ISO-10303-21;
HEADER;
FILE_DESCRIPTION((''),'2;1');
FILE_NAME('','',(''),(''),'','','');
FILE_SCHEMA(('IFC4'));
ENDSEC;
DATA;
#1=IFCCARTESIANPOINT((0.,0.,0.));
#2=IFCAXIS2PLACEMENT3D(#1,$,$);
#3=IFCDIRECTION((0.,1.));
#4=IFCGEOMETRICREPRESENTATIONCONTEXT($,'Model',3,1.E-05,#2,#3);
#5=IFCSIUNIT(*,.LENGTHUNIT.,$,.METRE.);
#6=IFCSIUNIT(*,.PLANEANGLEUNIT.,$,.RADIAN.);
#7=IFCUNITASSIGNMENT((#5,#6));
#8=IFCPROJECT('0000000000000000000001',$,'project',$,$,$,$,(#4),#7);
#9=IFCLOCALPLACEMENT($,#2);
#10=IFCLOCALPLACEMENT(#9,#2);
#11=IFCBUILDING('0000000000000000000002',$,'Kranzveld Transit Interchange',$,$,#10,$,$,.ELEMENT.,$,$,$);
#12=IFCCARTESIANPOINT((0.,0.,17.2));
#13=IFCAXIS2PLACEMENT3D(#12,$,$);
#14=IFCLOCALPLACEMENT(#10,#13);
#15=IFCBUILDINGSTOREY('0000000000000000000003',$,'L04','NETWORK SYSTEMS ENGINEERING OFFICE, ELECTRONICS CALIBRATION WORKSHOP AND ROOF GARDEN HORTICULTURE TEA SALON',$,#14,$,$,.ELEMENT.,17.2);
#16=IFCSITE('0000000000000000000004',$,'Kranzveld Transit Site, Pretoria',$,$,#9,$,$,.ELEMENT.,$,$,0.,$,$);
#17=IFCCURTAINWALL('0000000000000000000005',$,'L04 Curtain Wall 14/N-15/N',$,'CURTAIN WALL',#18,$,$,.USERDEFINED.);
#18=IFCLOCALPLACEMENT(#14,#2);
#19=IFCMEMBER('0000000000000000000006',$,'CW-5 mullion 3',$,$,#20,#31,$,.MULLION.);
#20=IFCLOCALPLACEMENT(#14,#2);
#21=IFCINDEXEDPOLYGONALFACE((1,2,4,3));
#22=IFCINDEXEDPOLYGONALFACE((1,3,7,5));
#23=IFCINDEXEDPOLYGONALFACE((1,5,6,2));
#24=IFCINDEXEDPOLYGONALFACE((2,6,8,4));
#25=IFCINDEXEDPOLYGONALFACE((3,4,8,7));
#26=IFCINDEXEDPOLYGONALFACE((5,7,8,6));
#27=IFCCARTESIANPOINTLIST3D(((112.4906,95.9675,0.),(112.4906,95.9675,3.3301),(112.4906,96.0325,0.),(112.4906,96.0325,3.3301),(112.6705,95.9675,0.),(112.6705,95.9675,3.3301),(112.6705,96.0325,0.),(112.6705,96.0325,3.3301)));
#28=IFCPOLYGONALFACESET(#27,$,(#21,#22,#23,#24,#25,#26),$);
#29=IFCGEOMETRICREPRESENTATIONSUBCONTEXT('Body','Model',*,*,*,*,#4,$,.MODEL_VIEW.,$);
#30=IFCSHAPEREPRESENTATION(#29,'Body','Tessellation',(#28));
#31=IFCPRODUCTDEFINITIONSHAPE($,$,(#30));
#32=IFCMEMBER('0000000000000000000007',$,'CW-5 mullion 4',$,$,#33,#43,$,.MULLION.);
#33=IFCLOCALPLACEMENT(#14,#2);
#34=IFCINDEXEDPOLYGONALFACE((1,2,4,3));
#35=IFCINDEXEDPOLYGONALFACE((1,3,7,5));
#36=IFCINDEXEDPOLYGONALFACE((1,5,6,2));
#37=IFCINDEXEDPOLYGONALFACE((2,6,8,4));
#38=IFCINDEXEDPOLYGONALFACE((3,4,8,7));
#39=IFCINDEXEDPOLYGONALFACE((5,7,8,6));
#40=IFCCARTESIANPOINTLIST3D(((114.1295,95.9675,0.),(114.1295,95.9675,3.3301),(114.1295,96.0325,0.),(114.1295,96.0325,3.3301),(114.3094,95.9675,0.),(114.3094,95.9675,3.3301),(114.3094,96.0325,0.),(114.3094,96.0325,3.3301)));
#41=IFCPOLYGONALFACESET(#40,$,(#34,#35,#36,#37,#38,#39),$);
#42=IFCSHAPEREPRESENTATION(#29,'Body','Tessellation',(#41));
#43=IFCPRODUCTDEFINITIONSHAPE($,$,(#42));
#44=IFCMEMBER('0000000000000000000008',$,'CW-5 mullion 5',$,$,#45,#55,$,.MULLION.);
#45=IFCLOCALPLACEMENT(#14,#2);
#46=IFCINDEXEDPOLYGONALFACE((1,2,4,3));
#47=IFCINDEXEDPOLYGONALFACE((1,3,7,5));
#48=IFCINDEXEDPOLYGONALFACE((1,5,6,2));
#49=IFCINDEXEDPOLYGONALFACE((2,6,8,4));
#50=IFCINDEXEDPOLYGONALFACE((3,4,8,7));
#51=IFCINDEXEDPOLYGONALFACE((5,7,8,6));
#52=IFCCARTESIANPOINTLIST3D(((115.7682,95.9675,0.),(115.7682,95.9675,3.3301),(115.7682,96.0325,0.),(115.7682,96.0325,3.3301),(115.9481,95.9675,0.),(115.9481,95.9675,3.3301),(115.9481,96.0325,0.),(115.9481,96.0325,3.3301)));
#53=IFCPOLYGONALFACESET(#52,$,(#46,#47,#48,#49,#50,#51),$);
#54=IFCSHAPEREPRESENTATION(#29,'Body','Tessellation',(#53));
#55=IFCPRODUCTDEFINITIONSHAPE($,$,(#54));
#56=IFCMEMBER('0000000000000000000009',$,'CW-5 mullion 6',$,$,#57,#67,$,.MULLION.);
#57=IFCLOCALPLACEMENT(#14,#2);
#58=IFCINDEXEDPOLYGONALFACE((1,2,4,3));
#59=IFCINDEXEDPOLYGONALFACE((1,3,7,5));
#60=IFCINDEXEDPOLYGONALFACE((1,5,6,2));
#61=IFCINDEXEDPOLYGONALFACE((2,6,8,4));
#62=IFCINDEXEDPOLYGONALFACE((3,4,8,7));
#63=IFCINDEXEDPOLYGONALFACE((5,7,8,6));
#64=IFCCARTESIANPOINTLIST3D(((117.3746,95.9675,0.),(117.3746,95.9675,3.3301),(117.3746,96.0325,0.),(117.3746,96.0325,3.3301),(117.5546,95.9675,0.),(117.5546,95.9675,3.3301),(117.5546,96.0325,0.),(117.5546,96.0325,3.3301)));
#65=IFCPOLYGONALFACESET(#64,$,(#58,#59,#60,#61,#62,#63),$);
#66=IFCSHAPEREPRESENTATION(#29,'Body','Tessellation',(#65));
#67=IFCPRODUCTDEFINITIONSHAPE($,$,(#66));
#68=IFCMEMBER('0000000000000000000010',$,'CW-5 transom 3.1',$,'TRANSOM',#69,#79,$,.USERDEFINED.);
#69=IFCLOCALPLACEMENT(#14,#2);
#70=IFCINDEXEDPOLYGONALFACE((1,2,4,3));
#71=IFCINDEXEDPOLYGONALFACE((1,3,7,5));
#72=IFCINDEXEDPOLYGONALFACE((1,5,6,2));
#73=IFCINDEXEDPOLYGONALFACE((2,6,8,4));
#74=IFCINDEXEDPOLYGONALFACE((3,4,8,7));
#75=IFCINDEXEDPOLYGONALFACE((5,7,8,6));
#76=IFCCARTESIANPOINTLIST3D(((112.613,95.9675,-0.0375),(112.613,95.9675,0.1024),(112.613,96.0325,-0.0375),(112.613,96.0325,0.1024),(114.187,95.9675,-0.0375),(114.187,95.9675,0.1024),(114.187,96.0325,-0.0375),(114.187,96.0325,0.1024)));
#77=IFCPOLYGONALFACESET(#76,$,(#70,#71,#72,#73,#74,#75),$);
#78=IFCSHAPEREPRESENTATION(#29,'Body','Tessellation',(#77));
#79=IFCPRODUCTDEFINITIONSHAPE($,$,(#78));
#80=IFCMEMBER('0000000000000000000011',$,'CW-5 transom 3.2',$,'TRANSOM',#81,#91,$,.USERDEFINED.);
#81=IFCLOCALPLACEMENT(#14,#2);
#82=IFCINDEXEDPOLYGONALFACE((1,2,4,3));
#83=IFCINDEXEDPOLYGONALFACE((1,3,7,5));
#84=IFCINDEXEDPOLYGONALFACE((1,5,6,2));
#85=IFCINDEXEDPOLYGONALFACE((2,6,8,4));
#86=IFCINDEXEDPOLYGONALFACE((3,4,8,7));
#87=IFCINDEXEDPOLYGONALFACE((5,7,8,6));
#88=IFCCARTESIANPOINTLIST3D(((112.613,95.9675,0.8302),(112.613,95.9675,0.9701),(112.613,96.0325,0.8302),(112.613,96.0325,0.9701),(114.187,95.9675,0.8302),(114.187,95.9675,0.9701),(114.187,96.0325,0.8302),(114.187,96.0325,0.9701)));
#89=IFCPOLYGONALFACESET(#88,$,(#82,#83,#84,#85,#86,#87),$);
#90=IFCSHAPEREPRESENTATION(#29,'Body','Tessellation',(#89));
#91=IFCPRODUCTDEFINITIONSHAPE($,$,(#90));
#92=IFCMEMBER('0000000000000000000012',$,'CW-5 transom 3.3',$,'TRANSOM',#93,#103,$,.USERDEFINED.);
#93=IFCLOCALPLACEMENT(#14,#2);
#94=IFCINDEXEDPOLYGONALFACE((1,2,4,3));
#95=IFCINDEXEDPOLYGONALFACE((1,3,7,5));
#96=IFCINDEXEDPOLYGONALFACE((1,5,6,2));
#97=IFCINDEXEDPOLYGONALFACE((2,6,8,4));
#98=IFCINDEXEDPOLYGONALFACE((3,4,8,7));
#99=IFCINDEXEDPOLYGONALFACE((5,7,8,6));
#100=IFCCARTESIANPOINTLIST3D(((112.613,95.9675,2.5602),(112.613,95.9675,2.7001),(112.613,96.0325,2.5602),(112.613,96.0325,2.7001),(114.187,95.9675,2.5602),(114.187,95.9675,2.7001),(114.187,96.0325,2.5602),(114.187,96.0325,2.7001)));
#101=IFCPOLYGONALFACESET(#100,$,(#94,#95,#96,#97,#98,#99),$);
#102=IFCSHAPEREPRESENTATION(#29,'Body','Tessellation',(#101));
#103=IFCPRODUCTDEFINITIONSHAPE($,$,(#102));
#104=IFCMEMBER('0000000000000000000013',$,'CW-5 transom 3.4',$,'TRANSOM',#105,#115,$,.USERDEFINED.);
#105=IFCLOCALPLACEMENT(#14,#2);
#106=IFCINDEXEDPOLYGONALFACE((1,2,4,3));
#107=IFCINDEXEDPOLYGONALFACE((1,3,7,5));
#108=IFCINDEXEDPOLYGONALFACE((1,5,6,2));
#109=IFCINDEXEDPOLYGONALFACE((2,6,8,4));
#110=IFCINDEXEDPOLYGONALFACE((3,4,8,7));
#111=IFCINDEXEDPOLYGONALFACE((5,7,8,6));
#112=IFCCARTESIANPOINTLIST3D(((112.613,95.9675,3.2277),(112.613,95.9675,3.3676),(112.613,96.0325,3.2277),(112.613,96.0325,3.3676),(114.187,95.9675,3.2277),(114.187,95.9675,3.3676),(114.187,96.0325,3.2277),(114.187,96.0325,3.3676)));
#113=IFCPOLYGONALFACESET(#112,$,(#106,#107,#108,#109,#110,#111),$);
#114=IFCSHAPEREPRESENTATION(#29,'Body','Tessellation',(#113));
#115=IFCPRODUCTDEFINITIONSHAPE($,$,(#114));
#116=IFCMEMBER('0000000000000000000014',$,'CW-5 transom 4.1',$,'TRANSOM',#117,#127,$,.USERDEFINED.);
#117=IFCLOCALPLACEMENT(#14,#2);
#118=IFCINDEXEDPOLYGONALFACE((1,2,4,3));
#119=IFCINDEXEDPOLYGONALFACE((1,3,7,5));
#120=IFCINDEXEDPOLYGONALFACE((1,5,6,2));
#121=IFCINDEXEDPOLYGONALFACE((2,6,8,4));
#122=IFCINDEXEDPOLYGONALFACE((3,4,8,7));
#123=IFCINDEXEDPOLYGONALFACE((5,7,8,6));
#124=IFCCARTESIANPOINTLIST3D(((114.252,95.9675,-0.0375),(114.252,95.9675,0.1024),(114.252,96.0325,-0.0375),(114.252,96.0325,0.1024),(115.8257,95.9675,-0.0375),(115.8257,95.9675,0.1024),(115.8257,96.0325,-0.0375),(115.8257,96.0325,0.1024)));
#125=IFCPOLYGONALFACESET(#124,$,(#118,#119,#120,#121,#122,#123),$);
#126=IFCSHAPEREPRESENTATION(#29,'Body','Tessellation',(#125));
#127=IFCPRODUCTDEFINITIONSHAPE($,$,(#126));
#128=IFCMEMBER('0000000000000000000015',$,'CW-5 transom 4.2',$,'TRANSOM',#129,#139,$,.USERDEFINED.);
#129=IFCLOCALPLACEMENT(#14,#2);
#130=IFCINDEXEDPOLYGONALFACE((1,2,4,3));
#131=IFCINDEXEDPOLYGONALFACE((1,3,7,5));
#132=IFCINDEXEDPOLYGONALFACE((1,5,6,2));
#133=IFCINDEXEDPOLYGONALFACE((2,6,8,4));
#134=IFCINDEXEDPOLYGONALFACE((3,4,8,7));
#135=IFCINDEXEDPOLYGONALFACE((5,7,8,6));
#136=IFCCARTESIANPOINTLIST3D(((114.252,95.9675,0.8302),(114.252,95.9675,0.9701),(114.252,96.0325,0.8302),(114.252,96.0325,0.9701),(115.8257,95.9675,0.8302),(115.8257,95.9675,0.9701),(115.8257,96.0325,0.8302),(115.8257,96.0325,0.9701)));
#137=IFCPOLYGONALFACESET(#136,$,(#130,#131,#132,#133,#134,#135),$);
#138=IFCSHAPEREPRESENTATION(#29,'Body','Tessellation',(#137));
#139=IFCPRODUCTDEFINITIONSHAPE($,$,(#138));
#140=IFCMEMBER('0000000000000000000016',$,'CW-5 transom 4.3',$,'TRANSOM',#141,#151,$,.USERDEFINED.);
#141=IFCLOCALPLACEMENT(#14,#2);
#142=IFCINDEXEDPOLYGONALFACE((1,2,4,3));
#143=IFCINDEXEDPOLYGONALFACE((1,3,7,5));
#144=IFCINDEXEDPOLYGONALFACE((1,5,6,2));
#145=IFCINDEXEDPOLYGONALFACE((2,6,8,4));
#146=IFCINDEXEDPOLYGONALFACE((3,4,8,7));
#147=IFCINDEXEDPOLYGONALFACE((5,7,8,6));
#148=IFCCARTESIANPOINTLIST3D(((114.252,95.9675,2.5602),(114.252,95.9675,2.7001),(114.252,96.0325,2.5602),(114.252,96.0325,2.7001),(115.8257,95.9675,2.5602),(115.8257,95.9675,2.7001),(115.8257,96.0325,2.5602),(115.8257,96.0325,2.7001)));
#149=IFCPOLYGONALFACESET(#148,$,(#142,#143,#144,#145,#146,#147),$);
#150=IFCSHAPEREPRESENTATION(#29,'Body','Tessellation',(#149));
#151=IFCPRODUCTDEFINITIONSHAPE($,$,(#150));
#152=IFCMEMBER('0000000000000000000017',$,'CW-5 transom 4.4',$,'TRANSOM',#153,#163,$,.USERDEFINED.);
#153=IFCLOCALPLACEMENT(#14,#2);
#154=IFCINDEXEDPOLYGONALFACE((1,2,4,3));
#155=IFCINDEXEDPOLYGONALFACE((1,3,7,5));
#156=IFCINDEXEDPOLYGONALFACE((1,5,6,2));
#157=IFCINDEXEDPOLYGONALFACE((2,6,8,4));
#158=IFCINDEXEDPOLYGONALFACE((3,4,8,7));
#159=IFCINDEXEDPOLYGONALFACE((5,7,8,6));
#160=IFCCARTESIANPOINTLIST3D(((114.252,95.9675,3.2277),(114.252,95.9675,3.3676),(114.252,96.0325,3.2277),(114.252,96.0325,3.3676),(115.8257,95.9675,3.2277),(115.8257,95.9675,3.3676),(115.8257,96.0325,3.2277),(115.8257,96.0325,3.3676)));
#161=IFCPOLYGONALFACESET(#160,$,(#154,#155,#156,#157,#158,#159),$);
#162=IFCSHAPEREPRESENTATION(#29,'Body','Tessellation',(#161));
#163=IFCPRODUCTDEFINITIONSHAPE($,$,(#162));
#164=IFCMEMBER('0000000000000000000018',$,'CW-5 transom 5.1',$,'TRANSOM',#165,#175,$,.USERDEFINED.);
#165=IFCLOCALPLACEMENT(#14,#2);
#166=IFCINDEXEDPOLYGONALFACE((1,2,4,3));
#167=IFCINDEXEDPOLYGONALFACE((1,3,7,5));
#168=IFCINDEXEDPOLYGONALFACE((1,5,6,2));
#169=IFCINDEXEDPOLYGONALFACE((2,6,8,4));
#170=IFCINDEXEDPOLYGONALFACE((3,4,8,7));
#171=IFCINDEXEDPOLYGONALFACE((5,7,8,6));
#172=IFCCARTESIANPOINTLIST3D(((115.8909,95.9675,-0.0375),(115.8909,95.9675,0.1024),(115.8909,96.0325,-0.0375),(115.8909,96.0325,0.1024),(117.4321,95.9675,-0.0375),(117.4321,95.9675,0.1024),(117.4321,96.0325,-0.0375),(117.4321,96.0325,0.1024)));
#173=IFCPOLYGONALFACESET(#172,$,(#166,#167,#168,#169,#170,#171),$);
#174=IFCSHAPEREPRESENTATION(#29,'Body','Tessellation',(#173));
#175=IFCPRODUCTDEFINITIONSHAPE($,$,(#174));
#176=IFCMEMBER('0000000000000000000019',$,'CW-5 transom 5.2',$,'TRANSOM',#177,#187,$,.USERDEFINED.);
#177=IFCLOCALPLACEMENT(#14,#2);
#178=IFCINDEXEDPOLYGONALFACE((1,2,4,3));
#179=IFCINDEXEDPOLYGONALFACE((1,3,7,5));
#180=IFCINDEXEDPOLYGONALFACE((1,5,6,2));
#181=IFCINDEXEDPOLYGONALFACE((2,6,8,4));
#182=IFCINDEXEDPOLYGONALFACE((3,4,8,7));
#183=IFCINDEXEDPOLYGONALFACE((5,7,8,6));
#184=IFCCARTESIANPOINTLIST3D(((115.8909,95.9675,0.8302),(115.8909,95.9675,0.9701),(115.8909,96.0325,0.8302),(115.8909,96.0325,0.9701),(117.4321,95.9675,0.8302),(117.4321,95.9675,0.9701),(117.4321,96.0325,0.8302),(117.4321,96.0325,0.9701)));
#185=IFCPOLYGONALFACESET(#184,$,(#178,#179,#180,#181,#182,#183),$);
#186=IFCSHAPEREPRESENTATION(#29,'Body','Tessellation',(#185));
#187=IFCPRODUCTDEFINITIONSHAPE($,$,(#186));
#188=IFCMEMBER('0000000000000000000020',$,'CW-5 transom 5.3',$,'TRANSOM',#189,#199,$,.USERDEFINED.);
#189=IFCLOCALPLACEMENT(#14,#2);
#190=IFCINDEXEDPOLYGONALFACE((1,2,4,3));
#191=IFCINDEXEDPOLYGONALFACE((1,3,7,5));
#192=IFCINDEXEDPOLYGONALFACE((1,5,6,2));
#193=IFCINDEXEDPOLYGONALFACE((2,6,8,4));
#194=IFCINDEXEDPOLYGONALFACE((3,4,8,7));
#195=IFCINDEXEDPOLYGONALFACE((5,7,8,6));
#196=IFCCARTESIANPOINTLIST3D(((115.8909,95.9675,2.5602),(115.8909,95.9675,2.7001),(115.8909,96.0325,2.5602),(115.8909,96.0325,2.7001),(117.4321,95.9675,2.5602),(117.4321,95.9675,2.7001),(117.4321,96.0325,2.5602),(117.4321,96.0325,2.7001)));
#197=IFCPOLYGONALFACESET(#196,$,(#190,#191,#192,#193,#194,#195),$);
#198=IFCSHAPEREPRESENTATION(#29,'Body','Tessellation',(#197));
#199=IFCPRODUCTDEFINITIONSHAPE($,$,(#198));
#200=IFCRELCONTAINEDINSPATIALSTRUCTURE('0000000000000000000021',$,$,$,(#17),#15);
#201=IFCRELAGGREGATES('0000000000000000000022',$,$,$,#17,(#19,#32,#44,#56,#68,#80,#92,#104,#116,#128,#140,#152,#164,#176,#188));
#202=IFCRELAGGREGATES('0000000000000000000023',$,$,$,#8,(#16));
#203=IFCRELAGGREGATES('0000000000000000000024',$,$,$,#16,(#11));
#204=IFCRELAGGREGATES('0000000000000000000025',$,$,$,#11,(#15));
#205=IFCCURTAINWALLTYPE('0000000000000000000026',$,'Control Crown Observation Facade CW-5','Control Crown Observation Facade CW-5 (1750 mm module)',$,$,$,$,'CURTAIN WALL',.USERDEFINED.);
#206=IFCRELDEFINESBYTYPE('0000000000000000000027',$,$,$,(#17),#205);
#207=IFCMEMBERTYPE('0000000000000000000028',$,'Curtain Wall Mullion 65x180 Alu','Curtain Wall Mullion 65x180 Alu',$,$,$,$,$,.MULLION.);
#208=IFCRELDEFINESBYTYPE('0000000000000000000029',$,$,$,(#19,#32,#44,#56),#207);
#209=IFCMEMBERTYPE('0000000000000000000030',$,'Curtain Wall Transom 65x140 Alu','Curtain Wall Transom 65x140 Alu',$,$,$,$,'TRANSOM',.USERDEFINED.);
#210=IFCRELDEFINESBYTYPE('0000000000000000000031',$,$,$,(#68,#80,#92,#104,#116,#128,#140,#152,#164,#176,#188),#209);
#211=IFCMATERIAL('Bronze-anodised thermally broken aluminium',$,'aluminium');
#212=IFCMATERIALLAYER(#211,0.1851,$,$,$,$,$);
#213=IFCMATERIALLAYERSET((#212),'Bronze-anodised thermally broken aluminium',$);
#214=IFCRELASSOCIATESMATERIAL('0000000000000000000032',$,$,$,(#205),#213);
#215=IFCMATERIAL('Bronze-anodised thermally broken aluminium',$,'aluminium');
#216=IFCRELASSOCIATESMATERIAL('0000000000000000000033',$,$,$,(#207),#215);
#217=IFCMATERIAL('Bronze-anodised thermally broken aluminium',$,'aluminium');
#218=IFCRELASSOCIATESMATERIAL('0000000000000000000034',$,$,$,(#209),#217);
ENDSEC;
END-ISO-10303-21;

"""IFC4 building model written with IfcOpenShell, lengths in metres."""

from ifc_helpers import new_model, si_unit, direction, frame, origin, origin_2d, place, context, subcontext, project, spatial, rectangle, extrude, material, layer, layer_set, material_profile, profile_set, type_object, element, aggregate, save


model = new_model("IFC4")

# Units and contexts
model_context = context("Model", 3, precision=1e-05, world=origin(), true_north=direction((0.0, 1.0)))
body_context = subcontext(model_context, "Body", "Model", "MODEL_VIEW")
ifc_project = project(units=[si_unit("LENGTHUNIT", "METRE"), si_unit("PLANEANGLEUNIT", "RADIAN")], contexts=[model_context])

# Site, building, storey
site_placement = place(None, origin())
site = spatial("IfcSite", under=ifc_project, at=site_placement, Name="Kranzveld Transit Site, Pretoria", CompositionType="ELEMENT", RefElevation=0.0)
building_placement = place(site_placement, origin())
building = spatial("IfcBuilding", under=site, at=building_placement, Name="Kranzveld Transit Interchange", CompositionType="ELEMENT")
storey_placement = place(building_placement, frame((0.0, 0.0, 17.2)))
storey = spatial("IfcBuildingStorey", under=building, at=storey_placement, Name="L04", Description="NETWORK SYSTEMS ENGINEERING OFFICE, ELECTRONICS CALIBRATION WORKSHOP AND ROOF GARDEN HORTICULTURE TEA SALON", CompositionType="ELEMENT", Elevation=17.2)

# Curtain wall, members
ifc_material_1 = material(Name="Bronze-anodised thermally broken aluminium", Category="aluminium")
ifc_layer_1 = layer(ifc_material_1, 0.1851)
ifc_layer_set_1 = layer_set([ifc_layer_1], Name="Bronze-anodised thermally broken aluminium")
curtain_wall_type = type_object("IfcCurtainWallType", Name="Control Crown Observation Facade CW-5", Description="Control Crown Observation Facade CW-5 (1750 mm module)", ElementType="CURTAIN WALL", PredefinedType="USERDEFINED", material=ifc_layer_set_1)
curtain_wall_placement = place(storey_placement, origin())
curtain_wall = element("IfcCurtainWall", 1, at=curtain_wall_placement, inside=storey, type_object=curtain_wall_type, Name="L04 Curtain Wall 14/N-15/N", ObjectType="CURTAIN WALL", PredefinedType="USERDEFINED")
ifc_material_2 = material(Name="Bronze-anodised thermally broken aluminium", Category="aluminium")
ifc_material_profile_1 = material_profile(ifc_material_2, rectangle(XDim=0.0649, YDim=0.1799, at=origin_2d()), Name="ALU MULLION 65x180")
ifc_profile_set_1 = profile_set([ifc_material_profile_1], Name="Bronze-anodised thermally broken aluminium")
member_type_1 = type_object("IfcMemberType", Name="Curtain Wall Mullion 65x180 Alu", Description="Curtain Wall Mullion 65x180 Alu", PredefinedType="MULLION", material=ifc_profile_set_1)
member_1_placement = place(storey_placement, frame((112.5806, 96.0, 0.0), z_axis=(0.0, 0.0, 1.0), x_axis=(0.0, 1.0, 0.0)))
member_1 = element("IfcMember", 2, at=member_1_placement, type_object=member_type_1, Name="CW-5 mullion 3", PredefinedType="MULLION", context=body_context, shape_type="SweptSolid", body=[
    extrude(rectangle(XDim=0.0649, YDim=0.1799, at=origin_2d()), origin(), (0.0, 0.0, 1.0), 3.3301),
])
member_2_placement = place(storey_placement, frame((114.2195, 96.0, 0.0), z_axis=(0.0, 0.0, 1.0), x_axis=(0.0, 1.0, 0.0)))
member_2 = element("IfcMember", 3, at=member_2_placement, type_object=member_type_1, Name="CW-5 mullion 4", PredefinedType="MULLION", context=body_context, shape_type="SweptSolid", body=[
    extrude(rectangle(XDim=0.0649, YDim=0.1799, at=origin_2d()), origin(), (0.0, 0.0, 1.0), 3.3301),
])
member_3_placement = place(storey_placement, frame((115.8582, 96.0, 0.0), z_axis=(0.0, 0.0, 1.0), x_axis=(0.0, 1.0, 0.0)))
member_3 = element("IfcMember", 4, at=member_3_placement, type_object=member_type_1, Name="CW-5 mullion 5", PredefinedType="MULLION", context=body_context, shape_type="SweptSolid", body=[
    extrude(rectangle(XDim=0.0649, YDim=0.1799, at=origin_2d()), origin(), (0.0, 0.0, 1.0), 3.3301),
])
member_4_placement = place(storey_placement, frame((117.4646, 96.0, 0.0), z_axis=(0.0, 0.0, 1.0), x_axis=(0.0, 1.0, 0.0)))
member_4 = element("IfcMember", 5, at=member_4_placement, type_object=member_type_1, Name="CW-5 mullion 6", PredefinedType="MULLION", context=body_context, shape_type="SweptSolid", body=[
    extrude(rectangle(XDim=0.0649, YDim=0.1799, at=origin_2d()), origin(), (0.0, 0.0, 1.0), 3.3301),
])
ifc_material_3 = material(Name="Bronze-anodised thermally broken aluminium", Category="aluminium")
ifc_material_profile_2 = material_profile(ifc_material_3, rectangle(XDim=0.0649, YDim=0.1399, at=origin_2d()), Name="ALU TRANSOM 65x140")
ifc_profile_set_2 = profile_set([ifc_material_profile_2], Name="Bronze-anodised thermally broken aluminium")
member_type_2 = type_object("IfcMemberType", Name="Curtain Wall Transom 65x140 Alu", Description="Curtain Wall Transom 65x140 Alu", ElementType="TRANSOM", PredefinedType="USERDEFINED", material=ifc_profile_set_2)
member_5_placement = place(storey_placement, frame((112.613, 96.0, 0.0325), z_axis=(1.0, 0.0, 0.0), x_axis=(0.0, 1.0, 0.0)))
member_5 = element("IfcMember", 6, at=member_5_placement, type_object=member_type_2, Name="CW-5 transom 3.1", ObjectType="TRANSOM", PredefinedType="USERDEFINED", context=body_context, shape_type="SweptSolid", body=[
    extrude(rectangle(XDim=0.0649, YDim=0.1399, at=origin_2d()), origin(), (0.0, 0.0, 1.0), 1.574),
])
member_6_placement = place(storey_placement, frame((112.613, 96.0, 0.9001), z_axis=(1.0, 0.0, 0.0), x_axis=(0.0, 1.0, 0.0)))
member_6 = element("IfcMember", 7, at=member_6_placement, type_object=member_type_2, Name="CW-5 transom 3.2", ObjectType="TRANSOM", PredefinedType="USERDEFINED", context=body_context, shape_type="SweptSolid", body=[
    extrude(rectangle(XDim=0.0649, YDim=0.1399, at=origin_2d()), origin(), (0.0, 0.0, 1.0), 1.574),
])
member_7_placement = place(storey_placement, frame((112.613, 96.0, 2.6301), z_axis=(1.0, 0.0, 0.0), x_axis=(0.0, 1.0, 0.0)))
member_7 = element("IfcMember", 8, at=member_7_placement, type_object=member_type_2, Name="CW-5 transom 3.3", ObjectType="TRANSOM", PredefinedType="USERDEFINED", context=body_context, shape_type="SweptSolid", body=[
    extrude(rectangle(XDim=0.0649, YDim=0.1399, at=origin_2d()), origin(), (0.0, 0.0, 1.0), 1.574),
])
member_8_placement = place(storey_placement, frame((112.613, 96.0, 3.2976), z_axis=(1.0, 0.0, 0.0), x_axis=(0.0, 1.0, 0.0)))
member_8 = element("IfcMember", 9, at=member_8_placement, type_object=member_type_2, Name="CW-5 transom 3.4", ObjectType="TRANSOM", PredefinedType="USERDEFINED", context=body_context, shape_type="SweptSolid", body=[
    extrude(rectangle(XDim=0.0649, YDim=0.1399, at=origin_2d()), origin(), (0.0, 0.0, 1.0), 1.574),
])
member_9_placement = place(storey_placement, frame((114.252, 96.0, 0.0325), z_axis=(1.0, 0.0, 0.0), x_axis=(0.0, 1.0, 0.0)))
member_9 = element("IfcMember", 10, at=member_9_placement, type_object=member_type_2, Name="CW-5 transom 4.1", ObjectType="TRANSOM", PredefinedType="USERDEFINED", context=body_context, shape_type="SweptSolid", body=[
    extrude(rectangle(XDim=0.0649, YDim=0.1399, at=origin_2d()), origin(), (0.0, 0.0, 1.0), 1.5737),
])
member_10_placement = place(storey_placement, frame((114.252, 96.0, 0.9001), z_axis=(1.0, 0.0, 0.0), x_axis=(0.0, 1.0, 0.0)))
member_10 = element("IfcMember", 11, at=member_10_placement, type_object=member_type_2, Name="CW-5 transom 4.2", ObjectType="TRANSOM", PredefinedType="USERDEFINED", context=body_context, shape_type="SweptSolid", body=[
    extrude(rectangle(XDim=0.0649, YDim=0.1399, at=origin_2d()), origin(), (0.0, 0.0, 1.0), 1.5737),
])
member_11_placement = place(storey_placement, frame((114.252, 96.0, 2.6301), z_axis=(1.0, 0.0, 0.0), x_axis=(0.0, 1.0, 0.0)))
member_11 = element("IfcMember", 12, at=member_11_placement, type_object=member_type_2, Name="CW-5 transom 4.3", ObjectType="TRANSOM", PredefinedType="USERDEFINED", context=body_context, shape_type="SweptSolid", body=[
    extrude(rectangle(XDim=0.0649, YDim=0.1399, at=origin_2d()), origin(), (0.0, 0.0, 1.0), 1.5737),
])
member_12_placement = place(storey_placement, frame((114.252, 96.0, 3.2976), z_axis=(1.0, 0.0, 0.0), x_axis=(0.0, 1.0, 0.0)))
member_12 = element("IfcMember", 13, at=member_12_placement, type_object=member_type_2, Name="CW-5 transom 4.4", ObjectType="TRANSOM", PredefinedType="USERDEFINED", context=body_context, shape_type="SweptSolid", body=[
    extrude(rectangle(XDim=0.0649, YDim=0.1399, at=origin_2d()), origin(), (0.0, 0.0, 1.0), 1.5737),
])
member_13_placement = place(storey_placement, frame((115.8909, 96.0, 0.0325), z_axis=(1.0, 0.0, 0.0), x_axis=(0.0, 1.0, 0.0)))
member_13 = element("IfcMember", 14, at=member_13_placement, type_object=member_type_2, Name="CW-5 transom 5.1", ObjectType="TRANSOM", PredefinedType="USERDEFINED", context=body_context, shape_type="SweptSolid", body=[
    extrude(rectangle(XDim=0.0649, YDim=0.1399, at=origin_2d()), origin(), (0.0, 0.0, 1.0), 1.5413),
])
member_14_placement = place(storey_placement, frame((115.8909, 96.0, 0.9001), z_axis=(1.0, 0.0, 0.0), x_axis=(0.0, 1.0, 0.0)))
member_14 = element("IfcMember", 15, at=member_14_placement, type_object=member_type_2, Name="CW-5 transom 5.2", ObjectType="TRANSOM", PredefinedType="USERDEFINED", context=body_context, shape_type="SweptSolid", body=[
    extrude(rectangle(XDim=0.0649, YDim=0.1399, at=origin_2d()), origin(), (0.0, 0.0, 1.0), 1.5413),
])
member_15_placement = place(storey_placement, frame((115.8909, 96.0, 2.6301), z_axis=(1.0, 0.0, 0.0), x_axis=(0.0, 1.0, 0.0)))
member_15 = element("IfcMember", 16, at=member_15_placement, type_object=member_type_2, Name="CW-5 transom 5.3", ObjectType="TRANSOM", PredefinedType="USERDEFINED", context=body_context, shape_type="SweptSolid", body=[
    extrude(rectangle(XDim=0.0649, YDim=0.1399, at=origin_2d()), origin(), (0.0, 0.0, 1.0), 1.5413),
])
aggregate(curtain_wall, [member_1, member_2, member_3, member_4, member_5, member_6, member_7, member_8, member_9, member_10, member_11, member_12, member_13, member_14, member_15])

save(model, "model.ifc")
